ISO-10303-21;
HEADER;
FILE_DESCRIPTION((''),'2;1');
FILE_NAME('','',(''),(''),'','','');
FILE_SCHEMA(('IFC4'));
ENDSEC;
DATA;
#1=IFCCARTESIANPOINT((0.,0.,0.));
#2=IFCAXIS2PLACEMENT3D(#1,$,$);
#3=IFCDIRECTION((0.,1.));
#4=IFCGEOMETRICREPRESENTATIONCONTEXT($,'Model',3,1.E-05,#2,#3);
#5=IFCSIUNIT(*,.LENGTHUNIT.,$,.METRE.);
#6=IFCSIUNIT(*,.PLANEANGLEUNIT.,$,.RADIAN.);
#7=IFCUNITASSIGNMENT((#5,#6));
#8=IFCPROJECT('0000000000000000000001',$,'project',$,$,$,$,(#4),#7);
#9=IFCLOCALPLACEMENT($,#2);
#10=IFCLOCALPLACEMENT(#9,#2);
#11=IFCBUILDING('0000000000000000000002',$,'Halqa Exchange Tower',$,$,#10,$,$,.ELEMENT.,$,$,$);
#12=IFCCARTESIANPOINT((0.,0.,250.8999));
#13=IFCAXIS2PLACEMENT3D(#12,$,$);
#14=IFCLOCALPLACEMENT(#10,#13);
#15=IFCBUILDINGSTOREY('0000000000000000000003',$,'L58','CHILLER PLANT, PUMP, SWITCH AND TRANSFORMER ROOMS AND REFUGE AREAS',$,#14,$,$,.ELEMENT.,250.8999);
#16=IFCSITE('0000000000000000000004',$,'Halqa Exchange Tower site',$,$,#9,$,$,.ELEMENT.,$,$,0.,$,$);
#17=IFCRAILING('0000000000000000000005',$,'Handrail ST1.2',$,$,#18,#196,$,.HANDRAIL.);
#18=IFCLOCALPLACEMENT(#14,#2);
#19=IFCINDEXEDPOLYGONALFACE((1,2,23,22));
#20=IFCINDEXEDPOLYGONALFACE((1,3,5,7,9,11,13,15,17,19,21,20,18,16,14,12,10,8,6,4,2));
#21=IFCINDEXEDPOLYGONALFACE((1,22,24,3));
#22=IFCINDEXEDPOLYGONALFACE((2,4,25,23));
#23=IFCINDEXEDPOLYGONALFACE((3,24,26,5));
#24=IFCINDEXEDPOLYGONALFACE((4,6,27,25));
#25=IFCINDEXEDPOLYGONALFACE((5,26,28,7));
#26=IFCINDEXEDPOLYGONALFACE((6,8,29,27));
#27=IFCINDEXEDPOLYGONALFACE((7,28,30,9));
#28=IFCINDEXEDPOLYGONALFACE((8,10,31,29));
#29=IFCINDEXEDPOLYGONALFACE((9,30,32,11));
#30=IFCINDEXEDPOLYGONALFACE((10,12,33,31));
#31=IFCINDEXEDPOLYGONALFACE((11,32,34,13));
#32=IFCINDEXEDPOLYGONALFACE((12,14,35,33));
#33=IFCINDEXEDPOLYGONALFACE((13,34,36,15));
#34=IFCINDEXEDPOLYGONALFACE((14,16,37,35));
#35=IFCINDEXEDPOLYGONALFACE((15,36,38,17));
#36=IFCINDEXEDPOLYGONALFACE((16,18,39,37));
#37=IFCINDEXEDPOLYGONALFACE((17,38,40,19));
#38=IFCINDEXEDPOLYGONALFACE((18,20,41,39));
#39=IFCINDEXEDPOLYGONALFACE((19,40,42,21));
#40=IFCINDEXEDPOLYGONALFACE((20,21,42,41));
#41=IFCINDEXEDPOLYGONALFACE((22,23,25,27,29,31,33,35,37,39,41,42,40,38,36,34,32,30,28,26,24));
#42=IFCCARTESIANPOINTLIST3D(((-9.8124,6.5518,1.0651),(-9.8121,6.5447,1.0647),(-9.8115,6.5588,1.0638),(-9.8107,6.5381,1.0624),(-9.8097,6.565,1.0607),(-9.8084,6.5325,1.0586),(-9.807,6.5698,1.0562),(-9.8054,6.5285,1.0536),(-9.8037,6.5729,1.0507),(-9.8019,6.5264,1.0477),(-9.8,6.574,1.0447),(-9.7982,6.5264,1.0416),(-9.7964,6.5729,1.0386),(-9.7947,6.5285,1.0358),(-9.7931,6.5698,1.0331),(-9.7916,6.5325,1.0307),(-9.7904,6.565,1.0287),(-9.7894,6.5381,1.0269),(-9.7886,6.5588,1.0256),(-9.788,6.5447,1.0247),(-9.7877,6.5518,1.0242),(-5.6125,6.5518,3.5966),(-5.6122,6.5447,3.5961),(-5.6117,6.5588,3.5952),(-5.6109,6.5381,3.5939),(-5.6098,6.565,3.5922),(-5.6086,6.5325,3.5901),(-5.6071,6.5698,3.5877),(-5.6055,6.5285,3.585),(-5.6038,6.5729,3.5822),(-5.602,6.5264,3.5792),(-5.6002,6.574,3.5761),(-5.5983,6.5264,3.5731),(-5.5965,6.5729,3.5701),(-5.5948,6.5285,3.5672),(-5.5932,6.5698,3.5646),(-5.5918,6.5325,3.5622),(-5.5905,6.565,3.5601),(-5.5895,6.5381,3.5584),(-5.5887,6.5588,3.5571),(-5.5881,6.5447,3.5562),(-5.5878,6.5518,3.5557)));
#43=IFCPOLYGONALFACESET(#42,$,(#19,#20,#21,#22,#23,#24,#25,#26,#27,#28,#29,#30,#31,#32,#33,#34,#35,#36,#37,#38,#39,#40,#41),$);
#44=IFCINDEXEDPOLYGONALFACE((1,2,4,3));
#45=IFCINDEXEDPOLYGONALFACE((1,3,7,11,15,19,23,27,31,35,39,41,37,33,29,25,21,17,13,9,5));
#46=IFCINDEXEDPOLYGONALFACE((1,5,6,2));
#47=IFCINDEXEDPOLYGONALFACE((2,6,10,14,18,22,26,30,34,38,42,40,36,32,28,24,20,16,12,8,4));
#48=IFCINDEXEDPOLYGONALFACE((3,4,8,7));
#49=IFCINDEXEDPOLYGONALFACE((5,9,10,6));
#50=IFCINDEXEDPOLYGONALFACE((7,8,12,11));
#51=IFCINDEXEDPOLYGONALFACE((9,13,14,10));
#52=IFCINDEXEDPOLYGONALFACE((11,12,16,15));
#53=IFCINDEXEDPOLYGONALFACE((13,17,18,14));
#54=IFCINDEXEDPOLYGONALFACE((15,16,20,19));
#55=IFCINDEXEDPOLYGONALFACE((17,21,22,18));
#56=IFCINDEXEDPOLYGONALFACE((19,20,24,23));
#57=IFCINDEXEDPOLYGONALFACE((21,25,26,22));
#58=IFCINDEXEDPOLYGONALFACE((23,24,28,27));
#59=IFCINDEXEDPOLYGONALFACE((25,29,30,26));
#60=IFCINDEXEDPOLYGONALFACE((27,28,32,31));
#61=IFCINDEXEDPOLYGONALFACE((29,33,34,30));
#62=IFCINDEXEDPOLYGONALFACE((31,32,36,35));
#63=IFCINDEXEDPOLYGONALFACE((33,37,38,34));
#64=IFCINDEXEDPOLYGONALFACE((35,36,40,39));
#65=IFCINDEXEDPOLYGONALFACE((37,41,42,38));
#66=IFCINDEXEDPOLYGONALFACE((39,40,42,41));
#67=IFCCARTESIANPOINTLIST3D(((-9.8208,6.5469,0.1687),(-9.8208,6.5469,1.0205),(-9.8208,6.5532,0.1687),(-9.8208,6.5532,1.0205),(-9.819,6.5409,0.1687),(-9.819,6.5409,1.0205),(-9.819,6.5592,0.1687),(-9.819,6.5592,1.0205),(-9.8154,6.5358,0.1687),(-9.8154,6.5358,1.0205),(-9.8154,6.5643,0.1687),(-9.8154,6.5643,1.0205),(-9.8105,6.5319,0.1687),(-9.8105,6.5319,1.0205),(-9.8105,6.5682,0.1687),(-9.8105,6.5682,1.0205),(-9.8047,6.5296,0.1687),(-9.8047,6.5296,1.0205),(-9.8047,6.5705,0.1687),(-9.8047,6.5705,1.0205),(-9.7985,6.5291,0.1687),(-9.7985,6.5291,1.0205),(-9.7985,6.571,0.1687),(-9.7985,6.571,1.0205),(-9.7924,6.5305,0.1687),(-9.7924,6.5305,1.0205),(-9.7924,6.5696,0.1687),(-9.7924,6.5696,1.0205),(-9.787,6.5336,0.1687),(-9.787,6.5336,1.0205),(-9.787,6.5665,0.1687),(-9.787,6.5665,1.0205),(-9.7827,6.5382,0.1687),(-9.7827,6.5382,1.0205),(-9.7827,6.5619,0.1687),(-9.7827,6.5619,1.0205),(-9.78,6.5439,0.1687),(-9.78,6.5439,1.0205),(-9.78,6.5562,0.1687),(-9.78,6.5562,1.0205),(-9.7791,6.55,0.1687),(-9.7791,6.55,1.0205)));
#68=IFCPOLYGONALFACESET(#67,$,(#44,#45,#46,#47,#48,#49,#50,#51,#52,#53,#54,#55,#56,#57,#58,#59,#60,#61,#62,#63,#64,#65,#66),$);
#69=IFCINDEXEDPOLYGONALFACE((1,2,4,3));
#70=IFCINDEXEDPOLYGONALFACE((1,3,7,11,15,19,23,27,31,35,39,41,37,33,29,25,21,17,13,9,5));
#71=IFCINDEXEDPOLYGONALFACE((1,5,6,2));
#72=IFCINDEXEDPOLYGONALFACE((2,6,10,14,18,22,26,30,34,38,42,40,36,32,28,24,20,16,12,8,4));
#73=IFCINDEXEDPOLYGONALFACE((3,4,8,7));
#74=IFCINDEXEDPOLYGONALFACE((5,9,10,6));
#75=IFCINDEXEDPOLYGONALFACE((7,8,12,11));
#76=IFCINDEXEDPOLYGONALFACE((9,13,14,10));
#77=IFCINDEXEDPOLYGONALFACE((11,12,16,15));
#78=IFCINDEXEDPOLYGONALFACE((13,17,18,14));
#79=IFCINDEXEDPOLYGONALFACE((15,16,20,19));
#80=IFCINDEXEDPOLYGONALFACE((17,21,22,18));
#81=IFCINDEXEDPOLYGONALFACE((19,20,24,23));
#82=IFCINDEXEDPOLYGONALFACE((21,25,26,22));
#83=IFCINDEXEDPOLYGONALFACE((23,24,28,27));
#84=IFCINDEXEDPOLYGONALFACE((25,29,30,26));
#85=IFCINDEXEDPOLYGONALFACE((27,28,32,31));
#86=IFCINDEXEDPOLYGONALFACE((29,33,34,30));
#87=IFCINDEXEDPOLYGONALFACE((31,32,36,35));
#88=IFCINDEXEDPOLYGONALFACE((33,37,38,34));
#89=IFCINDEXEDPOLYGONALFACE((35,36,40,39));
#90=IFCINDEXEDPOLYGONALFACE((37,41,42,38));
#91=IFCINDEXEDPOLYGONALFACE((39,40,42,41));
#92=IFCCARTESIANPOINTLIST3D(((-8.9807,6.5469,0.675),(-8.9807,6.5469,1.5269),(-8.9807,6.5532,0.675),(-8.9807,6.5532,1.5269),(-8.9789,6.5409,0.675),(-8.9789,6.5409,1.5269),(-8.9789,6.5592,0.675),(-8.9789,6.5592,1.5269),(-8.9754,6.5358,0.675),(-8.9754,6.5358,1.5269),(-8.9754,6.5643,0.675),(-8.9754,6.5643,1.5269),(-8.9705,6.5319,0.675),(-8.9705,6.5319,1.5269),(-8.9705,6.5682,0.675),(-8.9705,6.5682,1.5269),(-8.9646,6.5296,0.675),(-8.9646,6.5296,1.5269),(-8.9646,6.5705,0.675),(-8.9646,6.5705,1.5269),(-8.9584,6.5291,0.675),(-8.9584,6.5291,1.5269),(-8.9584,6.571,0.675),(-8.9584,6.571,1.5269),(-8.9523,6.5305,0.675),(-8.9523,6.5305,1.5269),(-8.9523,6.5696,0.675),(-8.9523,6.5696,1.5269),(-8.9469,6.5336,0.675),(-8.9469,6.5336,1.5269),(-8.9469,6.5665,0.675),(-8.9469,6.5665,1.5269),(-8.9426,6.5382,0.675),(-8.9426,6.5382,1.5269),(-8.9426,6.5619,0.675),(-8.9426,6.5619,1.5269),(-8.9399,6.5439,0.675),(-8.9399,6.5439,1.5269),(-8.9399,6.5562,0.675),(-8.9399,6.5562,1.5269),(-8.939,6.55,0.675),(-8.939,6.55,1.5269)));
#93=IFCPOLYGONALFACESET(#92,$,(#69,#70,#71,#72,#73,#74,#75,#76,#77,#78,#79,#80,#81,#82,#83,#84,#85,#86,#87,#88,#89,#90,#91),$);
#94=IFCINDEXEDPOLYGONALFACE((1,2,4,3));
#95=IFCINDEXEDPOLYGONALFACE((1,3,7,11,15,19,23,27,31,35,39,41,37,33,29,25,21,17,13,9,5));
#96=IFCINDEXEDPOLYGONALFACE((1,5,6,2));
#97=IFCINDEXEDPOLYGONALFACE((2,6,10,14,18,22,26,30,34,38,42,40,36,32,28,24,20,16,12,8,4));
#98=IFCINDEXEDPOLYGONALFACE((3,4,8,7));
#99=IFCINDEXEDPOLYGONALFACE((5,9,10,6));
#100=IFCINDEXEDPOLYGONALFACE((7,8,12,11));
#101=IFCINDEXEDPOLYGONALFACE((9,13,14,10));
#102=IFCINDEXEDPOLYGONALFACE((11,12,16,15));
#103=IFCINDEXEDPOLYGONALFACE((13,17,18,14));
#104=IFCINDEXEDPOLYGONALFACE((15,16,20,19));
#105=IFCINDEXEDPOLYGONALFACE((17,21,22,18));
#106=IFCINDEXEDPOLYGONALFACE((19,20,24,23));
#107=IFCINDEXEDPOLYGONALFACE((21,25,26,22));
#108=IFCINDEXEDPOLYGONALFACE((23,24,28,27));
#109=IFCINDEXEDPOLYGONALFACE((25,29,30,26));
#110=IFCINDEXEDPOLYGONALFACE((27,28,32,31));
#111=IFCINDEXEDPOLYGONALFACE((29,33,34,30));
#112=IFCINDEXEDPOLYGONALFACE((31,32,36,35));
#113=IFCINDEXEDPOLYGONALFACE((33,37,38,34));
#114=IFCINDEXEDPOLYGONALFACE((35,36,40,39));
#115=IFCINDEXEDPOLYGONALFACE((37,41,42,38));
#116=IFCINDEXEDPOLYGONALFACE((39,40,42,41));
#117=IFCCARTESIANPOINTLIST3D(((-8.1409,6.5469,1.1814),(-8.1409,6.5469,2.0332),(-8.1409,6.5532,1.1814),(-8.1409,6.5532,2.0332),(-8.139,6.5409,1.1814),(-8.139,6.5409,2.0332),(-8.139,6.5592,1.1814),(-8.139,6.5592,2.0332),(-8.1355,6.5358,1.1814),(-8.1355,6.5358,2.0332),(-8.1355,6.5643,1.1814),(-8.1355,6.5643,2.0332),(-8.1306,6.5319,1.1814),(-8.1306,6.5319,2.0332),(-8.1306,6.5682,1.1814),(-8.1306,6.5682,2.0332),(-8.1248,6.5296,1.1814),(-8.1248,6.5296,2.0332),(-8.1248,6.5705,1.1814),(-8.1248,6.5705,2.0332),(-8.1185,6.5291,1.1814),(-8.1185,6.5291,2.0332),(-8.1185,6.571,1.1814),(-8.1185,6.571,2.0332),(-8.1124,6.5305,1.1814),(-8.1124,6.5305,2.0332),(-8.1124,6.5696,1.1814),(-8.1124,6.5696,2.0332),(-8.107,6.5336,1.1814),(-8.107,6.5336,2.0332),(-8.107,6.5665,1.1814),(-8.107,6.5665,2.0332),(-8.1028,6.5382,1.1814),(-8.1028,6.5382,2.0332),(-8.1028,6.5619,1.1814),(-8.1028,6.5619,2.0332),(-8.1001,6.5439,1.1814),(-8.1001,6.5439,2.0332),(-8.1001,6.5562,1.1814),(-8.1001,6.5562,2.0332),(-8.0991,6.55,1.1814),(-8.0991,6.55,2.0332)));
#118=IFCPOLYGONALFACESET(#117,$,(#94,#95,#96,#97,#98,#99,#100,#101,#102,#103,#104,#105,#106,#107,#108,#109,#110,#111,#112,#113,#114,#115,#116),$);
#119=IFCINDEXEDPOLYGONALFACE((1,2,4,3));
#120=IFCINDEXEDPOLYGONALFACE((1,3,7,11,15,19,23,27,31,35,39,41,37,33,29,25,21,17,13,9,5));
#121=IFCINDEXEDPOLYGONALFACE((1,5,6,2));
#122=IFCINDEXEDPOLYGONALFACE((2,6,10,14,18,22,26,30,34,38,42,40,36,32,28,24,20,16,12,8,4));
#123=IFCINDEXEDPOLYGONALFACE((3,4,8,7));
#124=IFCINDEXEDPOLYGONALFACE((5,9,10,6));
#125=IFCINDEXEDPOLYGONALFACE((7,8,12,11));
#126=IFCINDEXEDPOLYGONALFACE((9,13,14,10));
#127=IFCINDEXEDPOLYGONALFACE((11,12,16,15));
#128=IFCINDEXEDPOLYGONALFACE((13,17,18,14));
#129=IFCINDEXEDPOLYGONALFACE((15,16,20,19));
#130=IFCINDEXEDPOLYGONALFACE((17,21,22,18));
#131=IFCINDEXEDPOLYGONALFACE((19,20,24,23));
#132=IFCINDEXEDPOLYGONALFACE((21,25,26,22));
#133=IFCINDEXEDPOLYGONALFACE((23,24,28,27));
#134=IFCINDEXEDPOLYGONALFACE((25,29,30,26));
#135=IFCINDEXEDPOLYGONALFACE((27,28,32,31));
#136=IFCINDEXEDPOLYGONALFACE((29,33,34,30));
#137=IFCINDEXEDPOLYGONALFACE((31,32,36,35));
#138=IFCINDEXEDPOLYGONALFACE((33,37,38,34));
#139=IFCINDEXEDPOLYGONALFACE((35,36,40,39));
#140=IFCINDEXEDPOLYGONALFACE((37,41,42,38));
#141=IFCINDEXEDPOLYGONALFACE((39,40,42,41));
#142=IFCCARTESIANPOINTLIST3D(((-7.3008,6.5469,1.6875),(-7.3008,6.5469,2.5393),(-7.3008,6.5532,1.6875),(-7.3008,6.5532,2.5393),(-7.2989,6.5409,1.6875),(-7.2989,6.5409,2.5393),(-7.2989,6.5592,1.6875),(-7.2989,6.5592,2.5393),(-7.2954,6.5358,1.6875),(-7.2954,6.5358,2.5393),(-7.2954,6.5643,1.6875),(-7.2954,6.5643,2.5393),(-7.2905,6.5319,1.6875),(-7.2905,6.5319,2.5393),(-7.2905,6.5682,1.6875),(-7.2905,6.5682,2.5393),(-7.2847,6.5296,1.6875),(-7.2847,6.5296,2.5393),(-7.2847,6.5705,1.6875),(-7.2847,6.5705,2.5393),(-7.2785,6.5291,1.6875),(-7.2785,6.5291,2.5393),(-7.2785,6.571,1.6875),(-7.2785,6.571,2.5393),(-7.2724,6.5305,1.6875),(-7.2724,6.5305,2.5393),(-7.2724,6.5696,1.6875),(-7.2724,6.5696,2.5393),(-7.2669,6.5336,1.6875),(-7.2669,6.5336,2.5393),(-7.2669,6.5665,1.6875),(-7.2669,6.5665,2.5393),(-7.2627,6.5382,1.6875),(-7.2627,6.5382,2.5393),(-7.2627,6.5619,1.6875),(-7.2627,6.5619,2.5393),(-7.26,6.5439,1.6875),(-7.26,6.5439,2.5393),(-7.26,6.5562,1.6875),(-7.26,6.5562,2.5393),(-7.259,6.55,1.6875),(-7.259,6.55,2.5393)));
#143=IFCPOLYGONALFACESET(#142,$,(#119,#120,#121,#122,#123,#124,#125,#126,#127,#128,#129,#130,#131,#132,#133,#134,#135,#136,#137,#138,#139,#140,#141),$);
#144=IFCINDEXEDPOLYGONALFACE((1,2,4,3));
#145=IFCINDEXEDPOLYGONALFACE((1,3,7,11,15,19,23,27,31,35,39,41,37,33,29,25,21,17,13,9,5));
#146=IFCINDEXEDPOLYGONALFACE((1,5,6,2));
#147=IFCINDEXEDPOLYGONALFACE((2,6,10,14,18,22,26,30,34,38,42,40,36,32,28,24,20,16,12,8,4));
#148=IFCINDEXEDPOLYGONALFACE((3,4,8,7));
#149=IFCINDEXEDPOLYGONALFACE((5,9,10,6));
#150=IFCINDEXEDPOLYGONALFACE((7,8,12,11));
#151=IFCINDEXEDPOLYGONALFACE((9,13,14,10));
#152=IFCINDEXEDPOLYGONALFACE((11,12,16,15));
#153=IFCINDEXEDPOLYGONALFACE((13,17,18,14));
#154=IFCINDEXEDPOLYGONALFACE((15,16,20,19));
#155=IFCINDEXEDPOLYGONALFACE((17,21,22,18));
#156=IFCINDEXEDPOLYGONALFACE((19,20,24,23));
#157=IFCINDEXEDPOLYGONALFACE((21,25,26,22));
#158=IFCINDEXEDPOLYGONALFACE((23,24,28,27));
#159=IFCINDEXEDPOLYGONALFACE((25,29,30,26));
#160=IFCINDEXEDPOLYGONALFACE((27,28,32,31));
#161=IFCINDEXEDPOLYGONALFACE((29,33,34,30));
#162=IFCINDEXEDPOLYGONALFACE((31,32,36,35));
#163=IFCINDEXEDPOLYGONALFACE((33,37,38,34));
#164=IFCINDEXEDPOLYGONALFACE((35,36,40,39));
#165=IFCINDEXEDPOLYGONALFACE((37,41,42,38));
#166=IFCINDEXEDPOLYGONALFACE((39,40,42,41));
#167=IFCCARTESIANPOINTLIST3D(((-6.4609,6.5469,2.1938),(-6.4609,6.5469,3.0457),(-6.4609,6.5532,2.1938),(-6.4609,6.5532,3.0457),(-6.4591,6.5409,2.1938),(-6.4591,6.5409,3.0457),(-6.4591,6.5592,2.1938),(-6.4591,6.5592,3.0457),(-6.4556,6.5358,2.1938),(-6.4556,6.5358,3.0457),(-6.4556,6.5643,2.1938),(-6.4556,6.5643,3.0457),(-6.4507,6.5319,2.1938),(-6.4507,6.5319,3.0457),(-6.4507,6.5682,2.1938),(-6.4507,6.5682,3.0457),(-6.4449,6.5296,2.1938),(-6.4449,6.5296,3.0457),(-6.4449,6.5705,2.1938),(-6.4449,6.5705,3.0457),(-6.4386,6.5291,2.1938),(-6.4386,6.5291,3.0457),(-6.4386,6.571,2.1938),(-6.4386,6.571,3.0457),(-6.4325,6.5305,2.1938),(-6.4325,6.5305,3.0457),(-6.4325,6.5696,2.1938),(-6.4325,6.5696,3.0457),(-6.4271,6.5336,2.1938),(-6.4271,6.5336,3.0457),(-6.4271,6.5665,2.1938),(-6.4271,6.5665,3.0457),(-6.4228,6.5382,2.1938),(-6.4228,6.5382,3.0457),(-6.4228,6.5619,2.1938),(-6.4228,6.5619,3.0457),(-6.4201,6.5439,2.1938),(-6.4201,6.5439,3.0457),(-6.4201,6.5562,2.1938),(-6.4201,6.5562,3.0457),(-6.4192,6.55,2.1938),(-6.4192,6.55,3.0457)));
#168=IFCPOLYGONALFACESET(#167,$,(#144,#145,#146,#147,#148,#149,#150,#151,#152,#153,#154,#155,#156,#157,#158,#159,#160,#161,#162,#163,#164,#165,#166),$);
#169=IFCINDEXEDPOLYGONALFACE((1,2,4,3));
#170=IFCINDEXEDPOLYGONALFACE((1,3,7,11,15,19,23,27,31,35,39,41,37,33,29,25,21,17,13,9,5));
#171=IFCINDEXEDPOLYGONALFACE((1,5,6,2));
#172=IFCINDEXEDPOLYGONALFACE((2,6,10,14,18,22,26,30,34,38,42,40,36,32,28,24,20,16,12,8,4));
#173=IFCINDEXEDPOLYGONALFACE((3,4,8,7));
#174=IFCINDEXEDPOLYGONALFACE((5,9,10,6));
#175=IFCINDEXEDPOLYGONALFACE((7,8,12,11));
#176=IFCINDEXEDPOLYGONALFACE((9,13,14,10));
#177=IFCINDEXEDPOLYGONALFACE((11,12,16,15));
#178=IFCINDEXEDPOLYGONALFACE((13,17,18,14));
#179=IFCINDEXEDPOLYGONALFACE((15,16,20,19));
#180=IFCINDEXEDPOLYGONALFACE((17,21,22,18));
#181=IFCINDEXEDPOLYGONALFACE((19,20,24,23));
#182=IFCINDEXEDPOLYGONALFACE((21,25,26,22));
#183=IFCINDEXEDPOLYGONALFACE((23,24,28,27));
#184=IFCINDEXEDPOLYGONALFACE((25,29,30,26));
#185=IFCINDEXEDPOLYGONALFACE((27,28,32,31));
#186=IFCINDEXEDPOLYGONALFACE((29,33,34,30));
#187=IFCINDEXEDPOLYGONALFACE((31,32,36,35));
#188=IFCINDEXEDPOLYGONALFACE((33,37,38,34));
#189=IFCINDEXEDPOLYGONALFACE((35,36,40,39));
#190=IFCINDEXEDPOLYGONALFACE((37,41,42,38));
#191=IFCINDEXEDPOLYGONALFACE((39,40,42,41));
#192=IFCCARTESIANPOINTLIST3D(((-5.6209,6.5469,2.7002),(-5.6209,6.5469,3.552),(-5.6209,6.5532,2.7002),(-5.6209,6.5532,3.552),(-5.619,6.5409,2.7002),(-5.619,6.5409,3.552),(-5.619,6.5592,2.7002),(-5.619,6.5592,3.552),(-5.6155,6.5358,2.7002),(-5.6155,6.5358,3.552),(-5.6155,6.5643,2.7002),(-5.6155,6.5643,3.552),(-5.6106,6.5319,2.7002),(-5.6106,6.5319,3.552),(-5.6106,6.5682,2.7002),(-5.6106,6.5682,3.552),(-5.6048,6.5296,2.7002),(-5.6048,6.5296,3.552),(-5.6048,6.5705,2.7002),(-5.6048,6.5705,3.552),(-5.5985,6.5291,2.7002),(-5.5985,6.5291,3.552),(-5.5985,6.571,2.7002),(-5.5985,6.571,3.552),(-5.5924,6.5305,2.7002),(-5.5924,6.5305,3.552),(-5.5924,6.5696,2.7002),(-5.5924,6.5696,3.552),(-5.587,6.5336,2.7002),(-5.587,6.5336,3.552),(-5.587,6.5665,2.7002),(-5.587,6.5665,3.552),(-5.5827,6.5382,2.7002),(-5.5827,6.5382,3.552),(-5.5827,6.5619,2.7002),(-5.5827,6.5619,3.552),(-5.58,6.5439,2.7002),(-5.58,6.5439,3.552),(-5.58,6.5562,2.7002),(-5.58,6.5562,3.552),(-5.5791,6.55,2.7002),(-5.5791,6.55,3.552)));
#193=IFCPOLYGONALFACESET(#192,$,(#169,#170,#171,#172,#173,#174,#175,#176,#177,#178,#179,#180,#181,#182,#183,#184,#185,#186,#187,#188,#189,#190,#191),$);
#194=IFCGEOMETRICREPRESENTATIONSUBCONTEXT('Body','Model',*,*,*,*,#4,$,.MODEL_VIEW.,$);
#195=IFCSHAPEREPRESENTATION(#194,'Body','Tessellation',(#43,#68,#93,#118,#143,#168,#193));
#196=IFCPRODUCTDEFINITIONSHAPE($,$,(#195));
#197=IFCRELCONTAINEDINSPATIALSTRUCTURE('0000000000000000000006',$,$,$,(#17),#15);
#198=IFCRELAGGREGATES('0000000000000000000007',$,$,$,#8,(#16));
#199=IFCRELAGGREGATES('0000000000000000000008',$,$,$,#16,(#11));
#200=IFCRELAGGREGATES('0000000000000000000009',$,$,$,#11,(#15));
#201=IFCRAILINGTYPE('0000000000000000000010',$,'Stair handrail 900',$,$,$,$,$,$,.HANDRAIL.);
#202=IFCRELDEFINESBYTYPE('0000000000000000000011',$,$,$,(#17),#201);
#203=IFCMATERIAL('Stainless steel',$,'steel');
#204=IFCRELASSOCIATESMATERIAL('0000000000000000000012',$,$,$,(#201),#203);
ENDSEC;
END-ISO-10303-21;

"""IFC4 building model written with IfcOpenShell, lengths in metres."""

from ifc_helpers import new_model, si_unit, direction, frame, origin, origin_2d, place, context, subcontext, project, spatial, circle, extrude, material, type_object, element, save


model = new_model("IFC4")

# Units and contexts
model_context = context("Model", 3, precision=1e-05, world=origin(), true_north=direction((0.0, 1.0)))
body_context = subcontext(model_context, "Body", "Model", "MODEL_VIEW")
ifc_project = project(units=[si_unit("LENGTHUNIT", "METRE"), si_unit("PLANEANGLEUNIT", "RADIAN")], contexts=[model_context])

# Site, building, storey
site_placement = place(None, origin())
site = spatial("IfcSite", under=ifc_project, at=site_placement, Name="Halqa Exchange Tower site", CompositionType="ELEMENT", RefElevation=0.0)
building_placement = place(site_placement, origin())
building = spatial("IfcBuilding", under=site, at=building_placement, Name="Halqa Exchange Tower", CompositionType="ELEMENT")
storey_placement = place(building_placement, frame((0.0, 0.0, 250.8999)))
storey = spatial("IfcBuildingStorey", under=building, at=storey_placement, Name="L58", Description="CHILLER PLANT, PUMP, SWITCH AND TRANSFORMER ROOMS AND REFUGE AREAS", CompositionType="ELEMENT", Elevation=250.8999)

# Shared definitions
ifc_material_1 = material(Name="Stainless steel", Category="steel")

# Railing
railing_type_1 = type_object("IfcRailingType", Name="Stair handrail 900", PredefinedType="HANDRAIL", material=ifc_material_1)
railing_1_placement = place(storey_placement, frame((-9.8, 6.55, 0.1687)))
element("IfcRailing", 1, at=railing_1_placement, inside=storey, type_object=railing_type_1, Name="Handrail ST1.2", PredefinedType="HANDRAIL", context=body_context, shape_type="SweptSolid", body=[
    extrude(circle(Radius=0.0239, at=origin_2d()), frame((0.0, 0.0, 0.876), z_axis=(0.856454, 0.0, 0.516223), x_axis=(0.0, 1.0, 0.0)), (0.0, 0.0, 1.0), 4.9038),
    extrude(circle(Radius=0.021, at=origin_2d()), origin(), (0.0, 0.0, 1.0), 0.8518),
    extrude(circle(Radius=0.021, at=origin_2d()), frame((0.8401, 0.0, 0.5063)), (0.0, 0.0, 1.0), 0.8518),
    extrude(circle(Radius=0.021, at=origin_2d()), frame((1.6799, 0.0, 1.0127)), (0.0, 0.0, 1.0), 0.8518),
    extrude(circle(Radius=0.021, at=origin_2d()), frame((2.52, 0.0, 1.5188)), (0.0, 0.0, 1.0), 0.8518),
    extrude(circle(Radius=0.021, at=origin_2d()), frame((3.3599, 0.0, 2.0251)), (0.0, 0.0, 1.0), 0.8518),
    extrude(circle(Radius=0.021, at=origin_2d()), frame((4.2, 0.0, 2.5315)), (0.0, 0.0, 1.0), 0.8518),
])

save(model, "model.ifc")
